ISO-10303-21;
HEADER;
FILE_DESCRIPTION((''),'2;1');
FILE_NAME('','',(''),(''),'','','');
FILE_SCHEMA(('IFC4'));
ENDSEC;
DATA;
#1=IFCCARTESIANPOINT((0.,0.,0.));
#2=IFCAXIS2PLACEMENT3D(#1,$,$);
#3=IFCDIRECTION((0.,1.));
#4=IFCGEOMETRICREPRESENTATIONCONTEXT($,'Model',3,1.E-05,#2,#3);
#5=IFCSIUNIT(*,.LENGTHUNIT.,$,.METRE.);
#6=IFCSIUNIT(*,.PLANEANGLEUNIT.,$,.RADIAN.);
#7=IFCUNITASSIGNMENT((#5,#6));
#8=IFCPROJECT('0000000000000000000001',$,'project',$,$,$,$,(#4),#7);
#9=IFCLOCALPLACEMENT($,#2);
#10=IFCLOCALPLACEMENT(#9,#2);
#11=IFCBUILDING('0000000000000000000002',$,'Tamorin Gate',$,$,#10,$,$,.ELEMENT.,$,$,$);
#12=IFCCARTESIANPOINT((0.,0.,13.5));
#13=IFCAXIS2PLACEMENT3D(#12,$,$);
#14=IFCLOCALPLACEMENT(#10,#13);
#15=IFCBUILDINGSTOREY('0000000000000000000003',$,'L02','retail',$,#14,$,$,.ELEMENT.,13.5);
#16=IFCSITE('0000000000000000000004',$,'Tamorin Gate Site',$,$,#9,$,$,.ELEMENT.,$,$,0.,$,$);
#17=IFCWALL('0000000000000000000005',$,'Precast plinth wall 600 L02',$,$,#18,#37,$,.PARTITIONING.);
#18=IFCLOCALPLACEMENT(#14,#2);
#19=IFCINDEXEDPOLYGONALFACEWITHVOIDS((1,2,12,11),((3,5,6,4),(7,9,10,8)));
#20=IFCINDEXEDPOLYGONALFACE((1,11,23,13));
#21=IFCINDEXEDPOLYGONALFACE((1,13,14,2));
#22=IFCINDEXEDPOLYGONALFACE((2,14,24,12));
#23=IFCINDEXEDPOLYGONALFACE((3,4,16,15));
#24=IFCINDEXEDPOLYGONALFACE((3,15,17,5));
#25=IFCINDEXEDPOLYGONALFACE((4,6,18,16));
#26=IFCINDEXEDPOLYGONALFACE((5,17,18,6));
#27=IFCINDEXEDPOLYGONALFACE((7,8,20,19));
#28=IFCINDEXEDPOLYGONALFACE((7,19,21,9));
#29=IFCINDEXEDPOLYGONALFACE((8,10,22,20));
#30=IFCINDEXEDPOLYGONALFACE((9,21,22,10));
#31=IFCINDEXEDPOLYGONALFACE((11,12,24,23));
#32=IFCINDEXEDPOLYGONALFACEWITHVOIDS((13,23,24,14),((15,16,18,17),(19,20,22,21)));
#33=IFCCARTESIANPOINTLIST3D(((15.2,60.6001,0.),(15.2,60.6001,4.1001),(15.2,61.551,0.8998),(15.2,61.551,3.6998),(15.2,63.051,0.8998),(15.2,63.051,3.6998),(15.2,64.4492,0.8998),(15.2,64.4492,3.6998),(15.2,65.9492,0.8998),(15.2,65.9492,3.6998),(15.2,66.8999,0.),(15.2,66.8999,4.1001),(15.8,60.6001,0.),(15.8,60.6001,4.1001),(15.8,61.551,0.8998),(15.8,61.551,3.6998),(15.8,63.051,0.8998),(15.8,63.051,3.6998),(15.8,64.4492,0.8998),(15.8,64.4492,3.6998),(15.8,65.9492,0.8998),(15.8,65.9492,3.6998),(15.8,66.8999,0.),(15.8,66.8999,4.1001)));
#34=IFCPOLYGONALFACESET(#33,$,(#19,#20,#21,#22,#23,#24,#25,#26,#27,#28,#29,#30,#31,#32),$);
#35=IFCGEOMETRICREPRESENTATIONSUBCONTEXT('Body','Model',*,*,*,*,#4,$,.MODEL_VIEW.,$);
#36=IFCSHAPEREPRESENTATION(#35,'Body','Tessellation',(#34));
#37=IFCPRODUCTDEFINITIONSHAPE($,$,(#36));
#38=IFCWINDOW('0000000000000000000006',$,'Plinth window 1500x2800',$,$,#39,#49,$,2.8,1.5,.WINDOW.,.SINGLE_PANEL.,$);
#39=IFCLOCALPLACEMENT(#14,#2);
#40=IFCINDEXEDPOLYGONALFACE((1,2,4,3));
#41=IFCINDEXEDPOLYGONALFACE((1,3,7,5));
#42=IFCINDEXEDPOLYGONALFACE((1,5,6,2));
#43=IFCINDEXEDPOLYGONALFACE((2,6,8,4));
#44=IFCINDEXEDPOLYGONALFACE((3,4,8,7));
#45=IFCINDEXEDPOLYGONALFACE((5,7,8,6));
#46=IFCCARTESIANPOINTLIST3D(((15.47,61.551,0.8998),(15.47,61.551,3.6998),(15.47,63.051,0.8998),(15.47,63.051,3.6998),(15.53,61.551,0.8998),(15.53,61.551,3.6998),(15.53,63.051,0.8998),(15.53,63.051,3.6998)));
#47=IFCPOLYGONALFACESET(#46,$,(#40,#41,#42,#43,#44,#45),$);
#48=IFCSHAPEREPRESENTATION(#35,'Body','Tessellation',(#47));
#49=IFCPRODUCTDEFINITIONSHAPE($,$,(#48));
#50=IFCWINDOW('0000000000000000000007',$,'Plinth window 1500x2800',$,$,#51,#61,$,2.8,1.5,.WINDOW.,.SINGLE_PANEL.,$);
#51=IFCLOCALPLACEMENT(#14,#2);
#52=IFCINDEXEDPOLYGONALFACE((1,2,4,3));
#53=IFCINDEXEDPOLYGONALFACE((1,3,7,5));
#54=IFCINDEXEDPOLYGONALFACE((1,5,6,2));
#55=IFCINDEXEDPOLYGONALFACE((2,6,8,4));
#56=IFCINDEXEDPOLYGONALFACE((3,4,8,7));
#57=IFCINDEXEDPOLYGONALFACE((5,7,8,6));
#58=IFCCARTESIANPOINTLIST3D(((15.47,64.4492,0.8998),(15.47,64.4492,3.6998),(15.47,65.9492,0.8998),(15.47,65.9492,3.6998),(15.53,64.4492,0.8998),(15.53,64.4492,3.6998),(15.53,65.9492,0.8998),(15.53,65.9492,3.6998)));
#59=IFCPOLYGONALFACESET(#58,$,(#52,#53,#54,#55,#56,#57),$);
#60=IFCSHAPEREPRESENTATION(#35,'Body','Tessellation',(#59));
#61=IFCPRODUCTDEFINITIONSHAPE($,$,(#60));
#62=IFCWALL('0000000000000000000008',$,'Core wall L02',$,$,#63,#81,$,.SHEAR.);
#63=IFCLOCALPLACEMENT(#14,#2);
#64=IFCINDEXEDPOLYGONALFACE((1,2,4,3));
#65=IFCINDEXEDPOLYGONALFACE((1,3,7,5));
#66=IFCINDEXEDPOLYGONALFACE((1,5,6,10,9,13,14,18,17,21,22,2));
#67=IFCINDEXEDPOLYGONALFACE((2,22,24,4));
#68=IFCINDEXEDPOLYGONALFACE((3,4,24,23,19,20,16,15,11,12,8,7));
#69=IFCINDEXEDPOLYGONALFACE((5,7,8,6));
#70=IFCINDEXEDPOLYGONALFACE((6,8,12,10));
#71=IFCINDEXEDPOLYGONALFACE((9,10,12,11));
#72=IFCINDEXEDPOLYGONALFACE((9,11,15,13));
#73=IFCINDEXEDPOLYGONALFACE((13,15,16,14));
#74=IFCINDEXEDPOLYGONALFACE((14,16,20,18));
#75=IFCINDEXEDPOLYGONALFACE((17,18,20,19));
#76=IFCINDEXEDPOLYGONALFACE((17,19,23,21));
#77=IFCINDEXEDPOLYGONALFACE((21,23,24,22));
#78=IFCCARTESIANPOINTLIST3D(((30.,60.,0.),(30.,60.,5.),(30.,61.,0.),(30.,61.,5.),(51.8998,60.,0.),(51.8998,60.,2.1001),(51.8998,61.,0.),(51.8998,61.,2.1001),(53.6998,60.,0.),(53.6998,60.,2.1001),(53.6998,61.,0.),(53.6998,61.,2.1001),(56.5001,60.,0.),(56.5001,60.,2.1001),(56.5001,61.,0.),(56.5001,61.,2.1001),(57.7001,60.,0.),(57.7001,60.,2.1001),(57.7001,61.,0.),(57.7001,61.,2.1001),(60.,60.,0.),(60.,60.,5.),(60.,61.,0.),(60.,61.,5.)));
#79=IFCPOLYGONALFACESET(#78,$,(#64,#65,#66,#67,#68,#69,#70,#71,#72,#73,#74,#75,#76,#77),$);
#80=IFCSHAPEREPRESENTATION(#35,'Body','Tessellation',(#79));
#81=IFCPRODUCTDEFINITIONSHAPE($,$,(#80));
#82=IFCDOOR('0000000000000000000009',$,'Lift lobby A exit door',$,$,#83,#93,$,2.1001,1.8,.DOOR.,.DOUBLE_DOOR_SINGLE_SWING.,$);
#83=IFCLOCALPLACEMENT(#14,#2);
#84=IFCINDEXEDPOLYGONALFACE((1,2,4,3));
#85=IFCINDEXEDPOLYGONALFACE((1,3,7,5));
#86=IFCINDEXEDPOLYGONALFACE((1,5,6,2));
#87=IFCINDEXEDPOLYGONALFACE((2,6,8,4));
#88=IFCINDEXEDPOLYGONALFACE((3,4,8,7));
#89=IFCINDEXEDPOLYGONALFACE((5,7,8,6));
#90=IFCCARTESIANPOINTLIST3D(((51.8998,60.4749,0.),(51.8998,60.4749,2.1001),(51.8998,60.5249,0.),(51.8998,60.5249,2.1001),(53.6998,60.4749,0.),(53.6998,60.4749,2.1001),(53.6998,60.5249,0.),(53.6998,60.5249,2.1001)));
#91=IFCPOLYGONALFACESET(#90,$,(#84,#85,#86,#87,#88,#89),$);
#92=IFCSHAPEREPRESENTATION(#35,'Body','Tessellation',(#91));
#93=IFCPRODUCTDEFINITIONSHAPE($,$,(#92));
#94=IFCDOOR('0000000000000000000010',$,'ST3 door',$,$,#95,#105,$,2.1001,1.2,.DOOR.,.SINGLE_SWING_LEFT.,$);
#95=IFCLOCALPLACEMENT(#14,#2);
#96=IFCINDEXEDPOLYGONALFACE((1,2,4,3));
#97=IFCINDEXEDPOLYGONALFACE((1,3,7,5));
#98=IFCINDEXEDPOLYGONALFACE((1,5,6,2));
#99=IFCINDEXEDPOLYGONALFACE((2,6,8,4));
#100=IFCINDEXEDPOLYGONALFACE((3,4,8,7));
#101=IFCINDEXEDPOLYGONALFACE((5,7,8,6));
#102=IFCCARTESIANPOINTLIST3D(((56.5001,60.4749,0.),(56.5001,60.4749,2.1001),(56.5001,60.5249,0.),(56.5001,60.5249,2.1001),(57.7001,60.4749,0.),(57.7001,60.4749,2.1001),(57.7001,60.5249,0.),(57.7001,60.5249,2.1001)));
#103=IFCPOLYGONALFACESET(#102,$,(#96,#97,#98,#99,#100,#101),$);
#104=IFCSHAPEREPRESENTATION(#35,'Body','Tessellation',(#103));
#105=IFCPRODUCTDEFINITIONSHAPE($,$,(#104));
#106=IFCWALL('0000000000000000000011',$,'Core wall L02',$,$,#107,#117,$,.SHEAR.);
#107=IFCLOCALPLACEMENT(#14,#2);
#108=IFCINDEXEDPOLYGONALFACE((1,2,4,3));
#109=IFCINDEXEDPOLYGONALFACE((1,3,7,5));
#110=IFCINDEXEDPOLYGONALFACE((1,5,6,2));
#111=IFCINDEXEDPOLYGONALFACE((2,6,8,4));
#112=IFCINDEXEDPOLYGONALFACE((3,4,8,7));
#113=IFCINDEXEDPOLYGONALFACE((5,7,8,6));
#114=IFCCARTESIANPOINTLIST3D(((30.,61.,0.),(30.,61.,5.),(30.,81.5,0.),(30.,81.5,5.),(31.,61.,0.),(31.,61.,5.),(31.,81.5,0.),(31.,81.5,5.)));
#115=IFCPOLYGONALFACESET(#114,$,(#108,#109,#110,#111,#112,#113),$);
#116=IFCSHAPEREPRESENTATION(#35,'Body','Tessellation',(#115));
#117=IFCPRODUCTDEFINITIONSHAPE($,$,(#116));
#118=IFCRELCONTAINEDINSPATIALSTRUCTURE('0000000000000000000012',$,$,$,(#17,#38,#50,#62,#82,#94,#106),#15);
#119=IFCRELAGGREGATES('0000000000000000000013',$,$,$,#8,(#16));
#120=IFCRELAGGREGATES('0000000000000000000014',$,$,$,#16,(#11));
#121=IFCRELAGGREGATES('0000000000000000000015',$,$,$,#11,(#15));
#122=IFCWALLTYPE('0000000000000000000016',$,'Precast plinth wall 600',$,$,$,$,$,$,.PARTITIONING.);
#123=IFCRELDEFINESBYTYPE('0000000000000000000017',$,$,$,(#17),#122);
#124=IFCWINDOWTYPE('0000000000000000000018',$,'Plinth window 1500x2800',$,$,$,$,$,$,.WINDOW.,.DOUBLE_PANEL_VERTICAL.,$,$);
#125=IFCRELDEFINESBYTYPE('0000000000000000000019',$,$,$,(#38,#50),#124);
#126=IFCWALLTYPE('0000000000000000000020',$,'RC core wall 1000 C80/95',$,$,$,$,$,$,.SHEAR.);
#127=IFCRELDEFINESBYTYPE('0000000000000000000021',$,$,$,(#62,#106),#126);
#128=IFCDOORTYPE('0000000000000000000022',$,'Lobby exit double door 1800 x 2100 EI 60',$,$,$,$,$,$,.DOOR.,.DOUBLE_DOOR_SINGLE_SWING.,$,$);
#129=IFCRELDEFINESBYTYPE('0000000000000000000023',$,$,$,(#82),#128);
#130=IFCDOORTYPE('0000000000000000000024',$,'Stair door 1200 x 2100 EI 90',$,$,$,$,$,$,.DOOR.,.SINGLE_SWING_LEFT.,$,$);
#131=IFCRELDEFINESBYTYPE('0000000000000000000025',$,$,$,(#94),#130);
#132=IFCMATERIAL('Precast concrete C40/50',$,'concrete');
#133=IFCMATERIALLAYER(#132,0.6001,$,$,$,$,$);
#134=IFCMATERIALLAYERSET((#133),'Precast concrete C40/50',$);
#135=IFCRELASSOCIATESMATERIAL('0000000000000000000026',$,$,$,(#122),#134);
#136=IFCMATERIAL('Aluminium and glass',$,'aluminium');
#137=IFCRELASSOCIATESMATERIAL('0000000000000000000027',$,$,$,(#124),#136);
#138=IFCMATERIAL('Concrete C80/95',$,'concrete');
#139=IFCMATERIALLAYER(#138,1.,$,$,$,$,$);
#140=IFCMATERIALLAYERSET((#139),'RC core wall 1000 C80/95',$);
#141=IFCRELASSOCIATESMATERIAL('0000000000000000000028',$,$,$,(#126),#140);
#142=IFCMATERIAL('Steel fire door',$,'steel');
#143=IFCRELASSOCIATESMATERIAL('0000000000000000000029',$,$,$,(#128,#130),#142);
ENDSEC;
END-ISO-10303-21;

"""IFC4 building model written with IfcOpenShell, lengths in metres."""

from ifc_helpers import new_model, si_unit, direction, frame, frame_2d, origin, place, context, subcontext, project, spatial, rectangle, extrude, material, layer, layer_set, type_object, element, fill, save


model = new_model("IFC4")

# Units and contexts
model_context = context("Model", 3, precision=1e-05, world=origin(), true_north=direction((0.0, 1.0)))
body_context = subcontext(model_context, "Body", "Model", "MODEL_VIEW")
ifc_project = project(units=[si_unit("LENGTHUNIT", "METRE"), si_unit("PLANEANGLEUNIT", "RADIAN")], contexts=[model_context])

# Site, building, storey
site_placement = place(None, origin())
site = spatial("IfcSite", under=ifc_project, at=site_placement, Name="Tamorin Gate Site", CompositionType="ELEMENT", RefElevation=0.0)
building_placement = place(site_placement, origin())
building = spatial("IfcBuilding", under=site, at=building_placement, Name="Tamorin Gate", CompositionType="ELEMENT")
storey_placement = place(building_placement, frame((0.0, 0.0, 13.5)))
storey = spatial("IfcBuildingStorey", under=building, at=storey_placement, Name="L02", Description="retail", CompositionType="ELEMENT", Elevation=13.5)

# Shared definitions
ifc_material_1 = material(Name="Concrete C80/95", Category="concrete")

# Wall, openings, windows
ifc_material_2 = material(Name="Precast concrete C40/50", Category="concrete")
ifc_layer_1 = layer(ifc_material_2, 0.6001)
ifc_layer_set_1 = layer_set([ifc_layer_1], Name="Precast concrete C40/50")
wall_type_1 = type_object("IfcWallType", Name="Precast plinth wall 600", PredefinedType="PARTITIONING", material=ifc_layer_set_1)
ifc_material_3 = material(Name="Aluminium and glass", Category="aluminium")
window_type = type_object("IfcWindowType", Name="Plinth window 1500x2800", PartitioningType="DOUBLE_PANEL_VERTICAL", PredefinedType="WINDOW", material=ifc_material_3)
wall_1_placement = place(storey_placement, frame((15.5, 60.6001, 0.0), z_axis=(0.0, 0.0, 1.0), x_axis=(0.0, 1.0, 0.0)))
wall_1 = element("IfcWall", 1, at=wall_1_placement, inside=storey, type_object=wall_type_1, Name="Precast plinth wall 600 L02", PredefinedType="PARTITIONING", context=body_context, shape_type="SweptSolid", body=[
    extrude(rectangle(XDim=6.2998, YDim=0.6001, at=frame_2d((3.1499, 0.0))), origin(), (0.0, 0.0, 1.0), 4.1001),
])
opening_1_placement = place(wall_1_placement, frame((0.9509, 0.0, 0.8999)))
opening_1 = element("IfcOpeningElement", 2, at=opening_1_placement, cuts=wall_1, PredefinedType="OPENING", context=body_context, shape_type="SweptSolid", body=[
    extrude(rectangle(XDim=1.5, YDim=2.8, at=frame_2d((0.75, 1.3999))), frame((0.0, 0.3101, 0.0), z_axis=(0.0, -1.0, 0.0), x_axis=(1.0, 0.0, 0.0)), (0.0, 0.0, 1.0), 0.6201),
])
opening_2_placement = place(wall_1_placement, frame((3.8491, 0.0, 0.8999)))
opening_2 = element("IfcOpeningElement", 3, at=opening_2_placement, cuts=wall_1, PredefinedType="OPENING", context=body_context, shape_type="SweptSolid", body=[
    extrude(rectangle(XDim=1.5, YDim=2.8, at=frame_2d((0.75, 1.3999))), frame((0.0, 0.3101, 0.0), z_axis=(0.0, -1.0, 0.0), x_axis=(1.0, 0.0, 0.0)), (0.0, 0.0, 1.0), 0.6201),
])
window_1_placement = place(opening_1_placement, origin())
window_1 = element("IfcWindow", 4, at=window_1_placement, inside=storey, type_object=window_type, Name="Plinth window 1500x2800", OverallHeight=2.8, OverallWidth=1.5, PartitioningType="SINGLE_PANEL", PredefinedType="WINDOW", context=body_context, shape_type="SweptSolid", body=[
    extrude(rectangle(XDim=1.5, YDim=2.8, at=frame_2d((0.75, 1.3999))), frame((0.0, 0.03, 0.0), z_axis=(0.0, -1.0, 0.0), x_axis=(1.0, 0.0, 0.0)), (0.0, 0.0, 1.0), 0.0601),
])
fill(opening_1, window_1)
window_2_placement = place(opening_2_placement, origin())
window_2 = element("IfcWindow", 5, at=window_2_placement, inside=storey, type_object=window_type, Name="Plinth window 1500x2800", OverallHeight=2.8, OverallWidth=1.5, PartitioningType="SINGLE_PANEL", PredefinedType="WINDOW", context=body_context, shape_type="SweptSolid", body=[
    extrude(rectangle(XDim=1.5, YDim=2.8, at=frame_2d((0.75, 1.3999))), frame((0.0, 0.03, 0.0), z_axis=(0.0, -1.0, 0.0), x_axis=(1.0, 0.0, 0.0)), (0.0, 0.0, 1.0), 0.0601),
])
fill(opening_2, window_2)

# Wall, openings, doors
ifc_layer_2 = layer(ifc_material_1, 1.0)
ifc_layer_set_2 = layer_set([ifc_layer_2], Name="RC core wall 1000 C80/95")
wall_type_2 = type_object("IfcWallType", Name="RC core wall 1000 C80/95", PredefinedType="SHEAR", material=ifc_layer_set_2)
wall_2_placement = place(storey_placement, frame((30.0, 60.5, 0.0), z_axis=(0.0, 0.0, 1.0), x_axis=(1.0, 0.0, 0.0)))
wall_2 = element("IfcWall", 6, at=wall_2_placement, inside=storey, type_object=wall_type_2, Name="Core wall L02", PredefinedType="SHEAR", context=body_context, shape_type="SweptSolid", body=[
    extrude(rectangle(XDim=30.0, YDim=1.0, at=frame_2d((15.0, 0.0))), origin(), (0.0, 0.0, 1.0), 5.0),
])
opening_3_placement = place(wall_2_placement, frame((21.8999, 0.0, 0.0)))
opening_3 = element("IfcOpeningElement", 7, at=opening_3_placement, cuts=wall_2, PredefinedType="OPENING", context=body_context, shape_type="SweptSolid", body=[
    extrude(rectangle(XDim=1.8, YDim=2.1001, at=frame_2d((0.8999, 1.05))), frame((0.0, 0.51, 0.0), z_axis=(0.0, -1.0, 0.0), x_axis=(1.0, 0.0, 0.0)), (0.0, 0.0, 1.0), 1.02),
])
opening_4_placement = place(wall_2_placement, frame((26.5, 0.0, 0.0)))
opening_4 = element("IfcOpeningElement", 8, at=opening_4_placement, cuts=wall_2, PredefinedType="OPENING", context=body_context, shape_type="SweptSolid", body=[
    extrude(rectangle(XDim=1.2, YDim=2.1001, at=frame_2d((0.6001, 1.05))), frame((0.0, 0.51, 0.0), z_axis=(0.0, -1.0, 0.0), x_axis=(1.0, 0.0, 0.0)), (0.0, 0.0, 1.0), 1.02),
])
ifc_material_4 = material(Name="Steel fire door", Category="steel")
door_type_1 = type_object("IfcDoorType", Name="Lobby exit double door 1800 x 2100 EI 60", OperationType="DOUBLE_DOOR_SINGLE_SWING", PredefinedType="DOOR", material=ifc_material_4)
door_1_placement = place(opening_3_placement, origin())
door_1 = element("IfcDoor", 9, at=door_1_placement, inside=storey, type_object=door_type_1, Name="Lift lobby A exit door", OperationType="DOUBLE_DOOR_SINGLE_SWING", OverallHeight=2.1001, OverallWidth=1.8, PredefinedType="DOOR", context=body_context, shape_type="SweptSolid", body=[
    extrude(rectangle(XDim=1.8, YDim=2.1001, at=frame_2d((0.8999, 1.05))), frame((0.0, 0.0249, 0.0), z_axis=(0.0, -1.0, 0.0), x_axis=(1.0, 0.0, 0.0)), (0.0, 0.0, 1.0), 0.05),
])
fill(opening_3, door_1)
door_type_2 = type_object("IfcDoorType", Name="Stair door 1200 x 2100 EI 90", OperationType="SINGLE_SWING_LEFT", PredefinedType="DOOR", material=ifc_material_4)
door_2_placement = place(opening_4_placement, origin())
door_2 = element("IfcDoor", 10, at=door_2_placement, inside=storey, type_object=door_type_2, Name="ST3 door", OperationType="SINGLE_SWING_LEFT", OverallHeight=2.1001, OverallWidth=1.2, PredefinedType="DOOR", context=body_context, shape_type="SweptSolid", body=[
    extrude(rectangle(XDim=1.2, YDim=2.1001, at=frame_2d((0.6001, 1.05))), frame((0.0, 0.0249, 0.0), z_axis=(0.0, -1.0, 0.0), x_axis=(1.0, 0.0, 0.0)), (0.0, 0.0, 1.0), 0.05),
])
fill(opening_4, door_2)

# Wall
wall_3_placement = place(storey_placement, frame((30.5, 61.0, 0.0), z_axis=(0.0, 0.0, 1.0), x_axis=(0.0, 1.0, 0.0)))
element("IfcWall", 11, at=wall_3_placement, inside=storey, type_object=wall_type_2, Name="Core wall L02", PredefinedType="SHEAR", context=body_context, shape_type="SweptSolid", body=[
    extrude(rectangle(XDim=20.5, YDim=1.0, at=frame_2d((10.25, 0.0))), origin(), (0.0, 0.0, 1.0), 5.0),
])

save(model, "model.ifc")
